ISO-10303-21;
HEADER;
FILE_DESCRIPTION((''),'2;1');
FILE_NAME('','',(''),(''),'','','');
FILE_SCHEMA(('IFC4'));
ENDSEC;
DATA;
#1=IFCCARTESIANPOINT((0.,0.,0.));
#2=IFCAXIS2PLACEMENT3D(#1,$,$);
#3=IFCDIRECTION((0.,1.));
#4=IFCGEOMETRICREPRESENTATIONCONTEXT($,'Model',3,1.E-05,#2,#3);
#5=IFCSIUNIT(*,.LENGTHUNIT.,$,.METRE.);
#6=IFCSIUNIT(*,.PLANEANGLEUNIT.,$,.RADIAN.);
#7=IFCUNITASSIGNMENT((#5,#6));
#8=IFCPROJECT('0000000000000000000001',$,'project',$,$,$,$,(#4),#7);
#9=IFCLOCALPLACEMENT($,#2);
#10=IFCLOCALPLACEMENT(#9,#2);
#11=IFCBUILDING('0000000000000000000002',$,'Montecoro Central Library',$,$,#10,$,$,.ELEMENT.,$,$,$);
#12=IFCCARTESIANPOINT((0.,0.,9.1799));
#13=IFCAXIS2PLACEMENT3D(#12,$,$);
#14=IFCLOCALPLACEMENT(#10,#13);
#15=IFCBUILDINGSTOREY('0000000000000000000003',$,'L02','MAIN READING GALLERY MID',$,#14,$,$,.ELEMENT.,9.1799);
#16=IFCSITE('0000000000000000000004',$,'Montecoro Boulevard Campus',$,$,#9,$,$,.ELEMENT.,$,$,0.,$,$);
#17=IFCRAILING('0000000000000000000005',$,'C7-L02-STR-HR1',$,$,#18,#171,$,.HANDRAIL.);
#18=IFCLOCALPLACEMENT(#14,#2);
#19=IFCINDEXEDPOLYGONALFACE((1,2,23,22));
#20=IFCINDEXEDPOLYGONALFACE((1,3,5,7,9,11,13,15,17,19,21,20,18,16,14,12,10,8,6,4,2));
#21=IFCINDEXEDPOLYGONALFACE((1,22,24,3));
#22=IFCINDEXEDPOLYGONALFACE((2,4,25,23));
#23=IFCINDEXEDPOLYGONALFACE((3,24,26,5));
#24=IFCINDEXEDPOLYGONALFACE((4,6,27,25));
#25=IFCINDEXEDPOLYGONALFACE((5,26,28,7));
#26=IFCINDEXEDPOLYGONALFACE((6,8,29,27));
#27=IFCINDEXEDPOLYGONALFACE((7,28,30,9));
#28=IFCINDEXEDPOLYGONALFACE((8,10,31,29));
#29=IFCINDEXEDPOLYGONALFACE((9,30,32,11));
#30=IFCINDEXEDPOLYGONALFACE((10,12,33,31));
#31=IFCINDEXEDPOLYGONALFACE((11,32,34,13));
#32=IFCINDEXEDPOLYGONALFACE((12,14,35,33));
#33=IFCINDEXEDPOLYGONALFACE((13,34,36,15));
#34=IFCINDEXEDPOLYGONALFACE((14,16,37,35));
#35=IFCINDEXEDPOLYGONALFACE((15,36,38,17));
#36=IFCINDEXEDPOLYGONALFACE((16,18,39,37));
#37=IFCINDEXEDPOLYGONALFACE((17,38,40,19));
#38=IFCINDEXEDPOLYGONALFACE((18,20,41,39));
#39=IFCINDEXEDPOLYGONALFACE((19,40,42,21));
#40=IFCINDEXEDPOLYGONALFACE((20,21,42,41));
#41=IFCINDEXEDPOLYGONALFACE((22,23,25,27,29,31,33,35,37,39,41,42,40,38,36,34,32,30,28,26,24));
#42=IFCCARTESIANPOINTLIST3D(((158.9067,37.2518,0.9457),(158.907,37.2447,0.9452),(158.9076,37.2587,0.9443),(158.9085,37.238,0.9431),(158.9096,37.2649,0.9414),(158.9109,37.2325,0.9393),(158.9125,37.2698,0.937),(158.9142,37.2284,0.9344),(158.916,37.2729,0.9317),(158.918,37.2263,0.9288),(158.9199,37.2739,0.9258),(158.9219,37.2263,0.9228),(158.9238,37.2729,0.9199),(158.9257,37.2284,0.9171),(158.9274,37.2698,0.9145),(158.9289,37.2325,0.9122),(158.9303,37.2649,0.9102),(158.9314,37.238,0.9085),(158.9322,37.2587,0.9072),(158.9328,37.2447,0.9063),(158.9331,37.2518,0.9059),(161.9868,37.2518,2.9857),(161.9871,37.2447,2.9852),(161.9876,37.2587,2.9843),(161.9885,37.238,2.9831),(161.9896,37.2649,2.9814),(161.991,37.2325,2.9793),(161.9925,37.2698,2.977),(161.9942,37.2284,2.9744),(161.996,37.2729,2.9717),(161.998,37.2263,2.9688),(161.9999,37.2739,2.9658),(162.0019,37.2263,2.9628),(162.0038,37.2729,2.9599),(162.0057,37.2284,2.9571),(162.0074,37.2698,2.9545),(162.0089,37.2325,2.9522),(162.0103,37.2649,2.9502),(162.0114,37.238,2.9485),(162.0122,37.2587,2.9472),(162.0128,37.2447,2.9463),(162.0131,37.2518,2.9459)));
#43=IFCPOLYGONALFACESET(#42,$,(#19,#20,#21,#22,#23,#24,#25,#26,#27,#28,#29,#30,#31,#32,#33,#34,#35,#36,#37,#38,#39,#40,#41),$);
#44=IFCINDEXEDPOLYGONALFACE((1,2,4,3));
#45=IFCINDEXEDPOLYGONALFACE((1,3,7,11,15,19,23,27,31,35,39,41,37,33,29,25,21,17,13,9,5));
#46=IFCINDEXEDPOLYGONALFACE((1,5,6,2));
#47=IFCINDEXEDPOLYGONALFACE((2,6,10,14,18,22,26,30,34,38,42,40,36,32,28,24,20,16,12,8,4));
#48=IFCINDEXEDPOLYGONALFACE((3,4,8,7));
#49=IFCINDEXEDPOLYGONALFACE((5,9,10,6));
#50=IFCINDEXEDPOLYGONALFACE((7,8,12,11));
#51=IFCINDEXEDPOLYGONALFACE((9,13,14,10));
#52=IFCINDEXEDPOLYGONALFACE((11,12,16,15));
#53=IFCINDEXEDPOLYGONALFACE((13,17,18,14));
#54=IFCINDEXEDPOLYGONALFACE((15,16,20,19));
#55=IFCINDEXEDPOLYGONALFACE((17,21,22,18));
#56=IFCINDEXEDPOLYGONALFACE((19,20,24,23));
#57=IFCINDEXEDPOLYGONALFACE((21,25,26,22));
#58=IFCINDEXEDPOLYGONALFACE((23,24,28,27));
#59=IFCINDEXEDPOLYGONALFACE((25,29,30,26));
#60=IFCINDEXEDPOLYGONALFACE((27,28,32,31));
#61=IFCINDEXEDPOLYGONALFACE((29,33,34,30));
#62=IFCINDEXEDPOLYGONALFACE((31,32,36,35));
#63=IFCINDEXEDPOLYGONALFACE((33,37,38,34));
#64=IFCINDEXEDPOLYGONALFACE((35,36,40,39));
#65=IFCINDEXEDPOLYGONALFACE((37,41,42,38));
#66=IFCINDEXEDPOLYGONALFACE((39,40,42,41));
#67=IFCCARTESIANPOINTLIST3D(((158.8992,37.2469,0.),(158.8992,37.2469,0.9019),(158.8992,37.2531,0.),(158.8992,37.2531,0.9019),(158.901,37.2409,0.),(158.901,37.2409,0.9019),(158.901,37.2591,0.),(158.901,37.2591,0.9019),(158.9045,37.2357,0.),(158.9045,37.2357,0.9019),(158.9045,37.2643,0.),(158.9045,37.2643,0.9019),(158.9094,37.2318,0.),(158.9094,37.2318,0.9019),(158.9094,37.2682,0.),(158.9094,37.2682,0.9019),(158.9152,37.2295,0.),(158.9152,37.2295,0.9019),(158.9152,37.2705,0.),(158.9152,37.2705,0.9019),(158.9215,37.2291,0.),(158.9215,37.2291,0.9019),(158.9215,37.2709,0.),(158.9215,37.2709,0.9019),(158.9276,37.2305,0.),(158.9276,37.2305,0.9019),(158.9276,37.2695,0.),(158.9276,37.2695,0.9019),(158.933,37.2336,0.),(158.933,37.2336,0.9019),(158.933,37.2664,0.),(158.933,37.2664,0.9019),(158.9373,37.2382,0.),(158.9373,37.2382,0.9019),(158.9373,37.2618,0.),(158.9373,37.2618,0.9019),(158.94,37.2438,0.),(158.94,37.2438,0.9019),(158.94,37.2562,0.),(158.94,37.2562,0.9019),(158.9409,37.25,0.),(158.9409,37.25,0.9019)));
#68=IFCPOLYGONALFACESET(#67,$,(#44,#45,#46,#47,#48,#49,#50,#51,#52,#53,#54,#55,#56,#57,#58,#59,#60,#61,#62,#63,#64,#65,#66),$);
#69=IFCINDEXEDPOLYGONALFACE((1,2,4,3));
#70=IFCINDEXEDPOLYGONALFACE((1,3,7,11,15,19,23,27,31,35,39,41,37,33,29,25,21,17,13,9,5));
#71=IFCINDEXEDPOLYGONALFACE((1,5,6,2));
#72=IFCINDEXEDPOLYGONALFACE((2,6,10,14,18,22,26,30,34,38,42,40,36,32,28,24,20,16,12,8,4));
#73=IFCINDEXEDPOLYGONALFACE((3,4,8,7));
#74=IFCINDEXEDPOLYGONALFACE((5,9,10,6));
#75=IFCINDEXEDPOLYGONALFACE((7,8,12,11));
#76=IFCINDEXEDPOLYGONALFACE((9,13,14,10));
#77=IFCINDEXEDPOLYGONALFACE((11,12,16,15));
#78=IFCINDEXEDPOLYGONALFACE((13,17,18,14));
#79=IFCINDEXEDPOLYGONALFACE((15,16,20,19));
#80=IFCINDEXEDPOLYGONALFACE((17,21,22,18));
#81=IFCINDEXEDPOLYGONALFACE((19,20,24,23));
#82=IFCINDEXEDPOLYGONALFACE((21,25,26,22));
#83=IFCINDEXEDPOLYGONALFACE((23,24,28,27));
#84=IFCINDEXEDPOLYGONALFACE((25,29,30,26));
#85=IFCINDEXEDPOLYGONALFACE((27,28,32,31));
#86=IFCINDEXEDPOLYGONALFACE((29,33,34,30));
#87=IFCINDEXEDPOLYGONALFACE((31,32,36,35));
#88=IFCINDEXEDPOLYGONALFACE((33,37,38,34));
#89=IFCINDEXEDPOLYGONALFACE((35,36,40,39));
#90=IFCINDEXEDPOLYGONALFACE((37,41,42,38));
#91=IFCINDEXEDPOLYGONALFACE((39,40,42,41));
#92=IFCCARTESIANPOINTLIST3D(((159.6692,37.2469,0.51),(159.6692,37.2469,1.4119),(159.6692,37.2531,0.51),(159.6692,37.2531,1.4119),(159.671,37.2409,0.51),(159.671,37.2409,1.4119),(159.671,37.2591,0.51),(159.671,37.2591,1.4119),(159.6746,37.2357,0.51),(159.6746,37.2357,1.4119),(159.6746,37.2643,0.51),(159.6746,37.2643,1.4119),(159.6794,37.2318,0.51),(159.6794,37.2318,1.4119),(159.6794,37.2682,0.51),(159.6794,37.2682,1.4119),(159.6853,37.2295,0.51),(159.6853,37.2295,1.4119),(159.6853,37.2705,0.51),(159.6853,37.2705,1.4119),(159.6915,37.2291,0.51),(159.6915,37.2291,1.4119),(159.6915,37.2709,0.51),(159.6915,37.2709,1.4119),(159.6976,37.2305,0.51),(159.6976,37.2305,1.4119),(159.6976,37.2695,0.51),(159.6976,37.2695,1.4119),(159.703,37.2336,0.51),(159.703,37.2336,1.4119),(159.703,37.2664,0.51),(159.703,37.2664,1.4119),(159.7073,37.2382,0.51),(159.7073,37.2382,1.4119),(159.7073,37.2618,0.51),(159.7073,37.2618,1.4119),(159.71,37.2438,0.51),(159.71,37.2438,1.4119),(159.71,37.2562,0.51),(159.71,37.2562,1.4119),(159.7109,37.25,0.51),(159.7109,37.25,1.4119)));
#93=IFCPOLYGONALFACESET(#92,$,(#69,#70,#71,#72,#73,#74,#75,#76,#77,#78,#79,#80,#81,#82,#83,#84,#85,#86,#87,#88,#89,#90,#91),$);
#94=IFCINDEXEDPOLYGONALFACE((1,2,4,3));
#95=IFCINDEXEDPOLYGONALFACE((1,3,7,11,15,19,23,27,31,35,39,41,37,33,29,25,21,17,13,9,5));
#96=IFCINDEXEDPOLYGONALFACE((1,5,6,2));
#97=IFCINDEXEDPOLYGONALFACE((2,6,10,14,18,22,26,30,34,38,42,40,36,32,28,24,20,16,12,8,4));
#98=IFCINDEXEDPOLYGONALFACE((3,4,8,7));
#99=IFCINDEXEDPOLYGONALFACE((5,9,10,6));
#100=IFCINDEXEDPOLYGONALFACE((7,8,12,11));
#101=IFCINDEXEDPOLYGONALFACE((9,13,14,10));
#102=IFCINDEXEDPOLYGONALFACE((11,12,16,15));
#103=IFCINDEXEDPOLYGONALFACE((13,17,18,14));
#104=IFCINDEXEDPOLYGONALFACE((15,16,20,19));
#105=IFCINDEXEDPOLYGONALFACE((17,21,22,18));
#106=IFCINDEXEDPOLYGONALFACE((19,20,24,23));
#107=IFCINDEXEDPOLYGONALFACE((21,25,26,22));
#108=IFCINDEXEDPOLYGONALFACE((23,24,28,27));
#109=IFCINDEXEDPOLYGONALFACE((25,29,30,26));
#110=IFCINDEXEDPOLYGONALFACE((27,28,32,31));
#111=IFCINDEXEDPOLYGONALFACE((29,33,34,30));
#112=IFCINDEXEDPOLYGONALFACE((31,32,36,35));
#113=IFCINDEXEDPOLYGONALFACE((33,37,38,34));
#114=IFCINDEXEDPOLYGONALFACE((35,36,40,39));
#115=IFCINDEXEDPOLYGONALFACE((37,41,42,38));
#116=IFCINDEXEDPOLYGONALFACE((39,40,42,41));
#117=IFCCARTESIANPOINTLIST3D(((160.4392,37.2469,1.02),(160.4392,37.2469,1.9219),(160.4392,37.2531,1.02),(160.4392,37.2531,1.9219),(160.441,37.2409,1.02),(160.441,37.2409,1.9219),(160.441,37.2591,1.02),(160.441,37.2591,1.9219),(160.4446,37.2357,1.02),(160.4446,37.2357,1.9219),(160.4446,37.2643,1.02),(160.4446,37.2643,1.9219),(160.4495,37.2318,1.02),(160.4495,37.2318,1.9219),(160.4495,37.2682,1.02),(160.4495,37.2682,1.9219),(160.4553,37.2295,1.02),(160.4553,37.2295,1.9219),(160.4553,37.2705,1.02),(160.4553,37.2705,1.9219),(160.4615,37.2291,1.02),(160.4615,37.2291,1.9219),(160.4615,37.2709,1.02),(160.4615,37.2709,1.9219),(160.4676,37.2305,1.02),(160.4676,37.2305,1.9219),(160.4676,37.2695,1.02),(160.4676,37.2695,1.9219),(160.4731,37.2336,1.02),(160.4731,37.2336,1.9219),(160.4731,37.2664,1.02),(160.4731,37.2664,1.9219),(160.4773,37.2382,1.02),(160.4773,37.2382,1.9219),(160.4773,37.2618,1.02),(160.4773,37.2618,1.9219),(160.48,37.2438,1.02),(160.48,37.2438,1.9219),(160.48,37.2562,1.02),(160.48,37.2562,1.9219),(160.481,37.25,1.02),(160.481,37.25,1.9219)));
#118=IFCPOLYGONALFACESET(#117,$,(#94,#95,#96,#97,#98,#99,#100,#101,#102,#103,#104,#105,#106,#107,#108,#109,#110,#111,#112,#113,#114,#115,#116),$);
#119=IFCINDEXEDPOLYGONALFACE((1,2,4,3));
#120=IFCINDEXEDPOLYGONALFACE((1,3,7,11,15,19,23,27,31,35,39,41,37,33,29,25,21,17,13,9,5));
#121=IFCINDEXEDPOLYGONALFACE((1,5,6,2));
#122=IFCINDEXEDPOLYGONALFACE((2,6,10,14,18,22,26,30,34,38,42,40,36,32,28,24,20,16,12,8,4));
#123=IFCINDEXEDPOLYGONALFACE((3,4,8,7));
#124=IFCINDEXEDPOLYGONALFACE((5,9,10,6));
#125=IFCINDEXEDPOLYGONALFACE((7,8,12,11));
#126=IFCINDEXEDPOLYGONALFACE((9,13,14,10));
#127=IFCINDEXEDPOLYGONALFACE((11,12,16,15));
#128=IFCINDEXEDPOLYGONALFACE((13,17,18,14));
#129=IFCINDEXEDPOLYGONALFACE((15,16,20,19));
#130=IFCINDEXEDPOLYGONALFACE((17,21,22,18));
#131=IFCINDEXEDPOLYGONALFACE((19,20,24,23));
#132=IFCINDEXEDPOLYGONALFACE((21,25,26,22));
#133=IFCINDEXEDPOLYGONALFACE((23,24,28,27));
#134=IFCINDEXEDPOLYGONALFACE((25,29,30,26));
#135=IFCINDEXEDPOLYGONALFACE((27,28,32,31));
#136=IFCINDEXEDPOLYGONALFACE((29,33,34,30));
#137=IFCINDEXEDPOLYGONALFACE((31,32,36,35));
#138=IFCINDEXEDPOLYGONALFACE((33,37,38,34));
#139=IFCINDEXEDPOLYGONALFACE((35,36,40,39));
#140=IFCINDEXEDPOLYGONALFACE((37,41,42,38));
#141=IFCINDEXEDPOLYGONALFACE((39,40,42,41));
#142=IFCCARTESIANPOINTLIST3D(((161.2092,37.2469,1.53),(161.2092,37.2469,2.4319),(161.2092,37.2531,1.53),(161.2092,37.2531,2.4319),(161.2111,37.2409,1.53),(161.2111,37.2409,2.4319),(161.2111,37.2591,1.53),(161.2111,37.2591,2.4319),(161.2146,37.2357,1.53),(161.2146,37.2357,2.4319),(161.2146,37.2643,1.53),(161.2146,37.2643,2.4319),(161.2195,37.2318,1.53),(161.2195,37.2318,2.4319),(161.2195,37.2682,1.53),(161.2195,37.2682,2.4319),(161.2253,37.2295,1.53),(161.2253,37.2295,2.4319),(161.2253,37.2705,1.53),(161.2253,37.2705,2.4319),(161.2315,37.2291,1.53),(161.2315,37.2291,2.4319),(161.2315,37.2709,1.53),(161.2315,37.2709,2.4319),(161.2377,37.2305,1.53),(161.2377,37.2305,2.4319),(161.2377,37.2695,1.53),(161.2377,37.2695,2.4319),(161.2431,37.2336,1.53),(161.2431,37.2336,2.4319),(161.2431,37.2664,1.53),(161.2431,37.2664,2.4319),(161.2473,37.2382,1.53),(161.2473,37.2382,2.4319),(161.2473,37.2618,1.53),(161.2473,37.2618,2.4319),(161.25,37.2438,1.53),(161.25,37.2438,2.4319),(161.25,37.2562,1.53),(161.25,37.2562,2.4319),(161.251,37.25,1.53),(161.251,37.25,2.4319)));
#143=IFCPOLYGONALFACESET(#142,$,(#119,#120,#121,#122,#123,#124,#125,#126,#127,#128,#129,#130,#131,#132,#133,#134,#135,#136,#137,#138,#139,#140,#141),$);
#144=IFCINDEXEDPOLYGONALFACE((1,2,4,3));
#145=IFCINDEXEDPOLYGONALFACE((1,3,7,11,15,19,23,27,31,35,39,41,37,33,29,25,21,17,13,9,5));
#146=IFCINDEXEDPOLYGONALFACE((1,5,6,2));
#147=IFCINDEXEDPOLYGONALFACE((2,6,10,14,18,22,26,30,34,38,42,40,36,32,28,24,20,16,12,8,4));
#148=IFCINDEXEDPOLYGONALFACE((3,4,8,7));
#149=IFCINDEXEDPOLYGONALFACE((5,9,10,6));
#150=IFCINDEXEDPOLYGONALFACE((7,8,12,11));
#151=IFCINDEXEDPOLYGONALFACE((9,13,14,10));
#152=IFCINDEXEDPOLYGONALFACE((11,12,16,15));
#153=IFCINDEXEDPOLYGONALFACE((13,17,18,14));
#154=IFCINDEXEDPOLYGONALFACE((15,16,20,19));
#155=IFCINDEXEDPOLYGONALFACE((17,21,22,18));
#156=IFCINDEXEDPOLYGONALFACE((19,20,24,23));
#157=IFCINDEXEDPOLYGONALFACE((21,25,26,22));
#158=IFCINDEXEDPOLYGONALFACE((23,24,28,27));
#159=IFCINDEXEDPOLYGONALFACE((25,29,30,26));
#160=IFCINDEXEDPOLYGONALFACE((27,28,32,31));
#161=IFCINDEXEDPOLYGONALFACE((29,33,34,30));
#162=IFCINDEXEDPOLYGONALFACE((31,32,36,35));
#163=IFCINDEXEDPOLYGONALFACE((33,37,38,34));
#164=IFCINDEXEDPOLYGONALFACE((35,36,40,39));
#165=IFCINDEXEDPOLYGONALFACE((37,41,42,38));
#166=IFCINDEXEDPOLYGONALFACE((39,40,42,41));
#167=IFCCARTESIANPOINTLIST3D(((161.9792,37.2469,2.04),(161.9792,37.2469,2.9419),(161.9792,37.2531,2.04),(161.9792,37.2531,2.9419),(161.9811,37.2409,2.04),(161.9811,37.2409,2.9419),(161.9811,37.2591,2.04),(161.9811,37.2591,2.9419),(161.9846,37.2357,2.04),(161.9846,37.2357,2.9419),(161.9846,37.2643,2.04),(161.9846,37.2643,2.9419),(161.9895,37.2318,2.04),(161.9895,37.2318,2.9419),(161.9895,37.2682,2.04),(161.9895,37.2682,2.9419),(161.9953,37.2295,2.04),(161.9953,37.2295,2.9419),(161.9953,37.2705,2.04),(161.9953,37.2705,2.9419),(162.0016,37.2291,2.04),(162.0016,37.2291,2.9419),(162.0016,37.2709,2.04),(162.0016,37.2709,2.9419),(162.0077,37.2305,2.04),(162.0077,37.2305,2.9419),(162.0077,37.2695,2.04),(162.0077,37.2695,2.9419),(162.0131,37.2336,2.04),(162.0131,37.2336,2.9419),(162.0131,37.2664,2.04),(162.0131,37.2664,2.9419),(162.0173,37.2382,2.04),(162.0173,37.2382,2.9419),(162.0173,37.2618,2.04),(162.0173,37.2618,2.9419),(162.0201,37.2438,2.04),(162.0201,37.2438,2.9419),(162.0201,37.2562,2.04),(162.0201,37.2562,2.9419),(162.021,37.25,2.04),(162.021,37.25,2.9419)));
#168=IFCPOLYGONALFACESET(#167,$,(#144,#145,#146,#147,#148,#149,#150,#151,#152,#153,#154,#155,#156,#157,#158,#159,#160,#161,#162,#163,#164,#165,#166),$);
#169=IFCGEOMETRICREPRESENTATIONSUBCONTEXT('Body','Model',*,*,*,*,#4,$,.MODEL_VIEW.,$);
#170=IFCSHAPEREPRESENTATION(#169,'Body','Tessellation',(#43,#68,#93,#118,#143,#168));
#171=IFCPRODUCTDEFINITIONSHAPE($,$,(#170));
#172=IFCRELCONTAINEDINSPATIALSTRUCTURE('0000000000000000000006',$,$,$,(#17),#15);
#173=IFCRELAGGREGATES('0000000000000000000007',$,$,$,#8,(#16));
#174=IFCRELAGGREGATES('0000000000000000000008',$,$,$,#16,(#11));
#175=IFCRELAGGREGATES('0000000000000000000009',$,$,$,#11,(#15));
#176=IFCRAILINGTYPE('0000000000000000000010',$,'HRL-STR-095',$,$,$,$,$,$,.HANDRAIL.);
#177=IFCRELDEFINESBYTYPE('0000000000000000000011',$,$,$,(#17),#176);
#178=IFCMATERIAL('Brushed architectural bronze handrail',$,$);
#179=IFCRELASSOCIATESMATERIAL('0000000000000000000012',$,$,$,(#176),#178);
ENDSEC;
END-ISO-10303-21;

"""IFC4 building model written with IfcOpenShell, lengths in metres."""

from ifc_helpers import new_model, si_unit, direction, frame, origin, origin_2d, place, context, subcontext, project, spatial, circle, extrude, material, type_object, element, save


model = new_model("IFC4")

# Units and contexts
model_context = context("Model", 3, precision=1e-05, world=origin(), true_north=direction((0.0, 1.0)))
body_context = subcontext(model_context, "Body", "Model", "MODEL_VIEW")
ifc_project = project(units=[si_unit("LENGTHUNIT", "METRE"), si_unit("PLANEANGLEUNIT", "RADIAN")], contexts=[model_context])

# Site, building, storey
site_placement = place(None, origin())
site = spatial("IfcSite", under=ifc_project, at=site_placement, Name="Montecoro Boulevard Campus", CompositionType="ELEMENT", RefElevation=0.0)
building_placement = place(site_placement, origin())
building = spatial("IfcBuilding", under=site, at=building_placement, Name="Montecoro Central Library", CompositionType="ELEMENT")
storey_placement = place(building_placement, frame((0.0, 0.0, 9.1799)))
storey = spatial("IfcBuildingStorey", under=building, at=storey_placement, Name="L02", Description="MAIN READING GALLERY MID", CompositionType="ELEMENT", Elevation=9.1799)

# Railing
ifc_material_1 = material(Name="Brushed architectural bronze handrail")
railing_type_1 = type_object("IfcRailingType", Name="HRL-STR-095", PredefinedType="HANDRAIL", material=ifc_material_1)
railing_1_placement = place(storey_placement, frame((158.9199, 37.25, 0.0)))
element("IfcRailing", 1, at=railing_1_placement, inside=storey, type_object=railing_type_1, Name="C7-L02-STR-HR1", PredefinedType="HANDRAIL", context=body_context, shape_type="SweptSolid", body=[
    extrude(circle(Radius=0.0239, at=origin_2d()), frame((0.0, 0.0, 0.9258), z_axis=(0.833714, 0.0, 0.552197), x_axis=(0.0, 1.0, 0.0)), (0.0, 0.0, 1.0), 3.6943),
    extrude(circle(Radius=0.021, at=origin_2d()), origin(), (0.0, 0.0, 1.0), 0.9019),
    extrude(circle(Radius=0.021, at=origin_2d()), frame((0.77, 0.0, 0.51)), (0.0, 0.0, 1.0), 0.9019),
    extrude(circle(Radius=0.021, at=origin_2d()), frame((1.54, 0.0, 1.02)), (0.0, 0.0, 1.0), 0.9019),
    extrude(circle(Radius=0.021, at=origin_2d()), frame((2.3101, 0.0, 1.53)), (0.0, 0.0, 1.0), 0.9019),
    extrude(circle(Radius=0.021, at=origin_2d()), frame((3.0801, 0.0, 2.04)), (0.0, 0.0, 1.0), 0.9019),
])

save(model, "model.ifc")
